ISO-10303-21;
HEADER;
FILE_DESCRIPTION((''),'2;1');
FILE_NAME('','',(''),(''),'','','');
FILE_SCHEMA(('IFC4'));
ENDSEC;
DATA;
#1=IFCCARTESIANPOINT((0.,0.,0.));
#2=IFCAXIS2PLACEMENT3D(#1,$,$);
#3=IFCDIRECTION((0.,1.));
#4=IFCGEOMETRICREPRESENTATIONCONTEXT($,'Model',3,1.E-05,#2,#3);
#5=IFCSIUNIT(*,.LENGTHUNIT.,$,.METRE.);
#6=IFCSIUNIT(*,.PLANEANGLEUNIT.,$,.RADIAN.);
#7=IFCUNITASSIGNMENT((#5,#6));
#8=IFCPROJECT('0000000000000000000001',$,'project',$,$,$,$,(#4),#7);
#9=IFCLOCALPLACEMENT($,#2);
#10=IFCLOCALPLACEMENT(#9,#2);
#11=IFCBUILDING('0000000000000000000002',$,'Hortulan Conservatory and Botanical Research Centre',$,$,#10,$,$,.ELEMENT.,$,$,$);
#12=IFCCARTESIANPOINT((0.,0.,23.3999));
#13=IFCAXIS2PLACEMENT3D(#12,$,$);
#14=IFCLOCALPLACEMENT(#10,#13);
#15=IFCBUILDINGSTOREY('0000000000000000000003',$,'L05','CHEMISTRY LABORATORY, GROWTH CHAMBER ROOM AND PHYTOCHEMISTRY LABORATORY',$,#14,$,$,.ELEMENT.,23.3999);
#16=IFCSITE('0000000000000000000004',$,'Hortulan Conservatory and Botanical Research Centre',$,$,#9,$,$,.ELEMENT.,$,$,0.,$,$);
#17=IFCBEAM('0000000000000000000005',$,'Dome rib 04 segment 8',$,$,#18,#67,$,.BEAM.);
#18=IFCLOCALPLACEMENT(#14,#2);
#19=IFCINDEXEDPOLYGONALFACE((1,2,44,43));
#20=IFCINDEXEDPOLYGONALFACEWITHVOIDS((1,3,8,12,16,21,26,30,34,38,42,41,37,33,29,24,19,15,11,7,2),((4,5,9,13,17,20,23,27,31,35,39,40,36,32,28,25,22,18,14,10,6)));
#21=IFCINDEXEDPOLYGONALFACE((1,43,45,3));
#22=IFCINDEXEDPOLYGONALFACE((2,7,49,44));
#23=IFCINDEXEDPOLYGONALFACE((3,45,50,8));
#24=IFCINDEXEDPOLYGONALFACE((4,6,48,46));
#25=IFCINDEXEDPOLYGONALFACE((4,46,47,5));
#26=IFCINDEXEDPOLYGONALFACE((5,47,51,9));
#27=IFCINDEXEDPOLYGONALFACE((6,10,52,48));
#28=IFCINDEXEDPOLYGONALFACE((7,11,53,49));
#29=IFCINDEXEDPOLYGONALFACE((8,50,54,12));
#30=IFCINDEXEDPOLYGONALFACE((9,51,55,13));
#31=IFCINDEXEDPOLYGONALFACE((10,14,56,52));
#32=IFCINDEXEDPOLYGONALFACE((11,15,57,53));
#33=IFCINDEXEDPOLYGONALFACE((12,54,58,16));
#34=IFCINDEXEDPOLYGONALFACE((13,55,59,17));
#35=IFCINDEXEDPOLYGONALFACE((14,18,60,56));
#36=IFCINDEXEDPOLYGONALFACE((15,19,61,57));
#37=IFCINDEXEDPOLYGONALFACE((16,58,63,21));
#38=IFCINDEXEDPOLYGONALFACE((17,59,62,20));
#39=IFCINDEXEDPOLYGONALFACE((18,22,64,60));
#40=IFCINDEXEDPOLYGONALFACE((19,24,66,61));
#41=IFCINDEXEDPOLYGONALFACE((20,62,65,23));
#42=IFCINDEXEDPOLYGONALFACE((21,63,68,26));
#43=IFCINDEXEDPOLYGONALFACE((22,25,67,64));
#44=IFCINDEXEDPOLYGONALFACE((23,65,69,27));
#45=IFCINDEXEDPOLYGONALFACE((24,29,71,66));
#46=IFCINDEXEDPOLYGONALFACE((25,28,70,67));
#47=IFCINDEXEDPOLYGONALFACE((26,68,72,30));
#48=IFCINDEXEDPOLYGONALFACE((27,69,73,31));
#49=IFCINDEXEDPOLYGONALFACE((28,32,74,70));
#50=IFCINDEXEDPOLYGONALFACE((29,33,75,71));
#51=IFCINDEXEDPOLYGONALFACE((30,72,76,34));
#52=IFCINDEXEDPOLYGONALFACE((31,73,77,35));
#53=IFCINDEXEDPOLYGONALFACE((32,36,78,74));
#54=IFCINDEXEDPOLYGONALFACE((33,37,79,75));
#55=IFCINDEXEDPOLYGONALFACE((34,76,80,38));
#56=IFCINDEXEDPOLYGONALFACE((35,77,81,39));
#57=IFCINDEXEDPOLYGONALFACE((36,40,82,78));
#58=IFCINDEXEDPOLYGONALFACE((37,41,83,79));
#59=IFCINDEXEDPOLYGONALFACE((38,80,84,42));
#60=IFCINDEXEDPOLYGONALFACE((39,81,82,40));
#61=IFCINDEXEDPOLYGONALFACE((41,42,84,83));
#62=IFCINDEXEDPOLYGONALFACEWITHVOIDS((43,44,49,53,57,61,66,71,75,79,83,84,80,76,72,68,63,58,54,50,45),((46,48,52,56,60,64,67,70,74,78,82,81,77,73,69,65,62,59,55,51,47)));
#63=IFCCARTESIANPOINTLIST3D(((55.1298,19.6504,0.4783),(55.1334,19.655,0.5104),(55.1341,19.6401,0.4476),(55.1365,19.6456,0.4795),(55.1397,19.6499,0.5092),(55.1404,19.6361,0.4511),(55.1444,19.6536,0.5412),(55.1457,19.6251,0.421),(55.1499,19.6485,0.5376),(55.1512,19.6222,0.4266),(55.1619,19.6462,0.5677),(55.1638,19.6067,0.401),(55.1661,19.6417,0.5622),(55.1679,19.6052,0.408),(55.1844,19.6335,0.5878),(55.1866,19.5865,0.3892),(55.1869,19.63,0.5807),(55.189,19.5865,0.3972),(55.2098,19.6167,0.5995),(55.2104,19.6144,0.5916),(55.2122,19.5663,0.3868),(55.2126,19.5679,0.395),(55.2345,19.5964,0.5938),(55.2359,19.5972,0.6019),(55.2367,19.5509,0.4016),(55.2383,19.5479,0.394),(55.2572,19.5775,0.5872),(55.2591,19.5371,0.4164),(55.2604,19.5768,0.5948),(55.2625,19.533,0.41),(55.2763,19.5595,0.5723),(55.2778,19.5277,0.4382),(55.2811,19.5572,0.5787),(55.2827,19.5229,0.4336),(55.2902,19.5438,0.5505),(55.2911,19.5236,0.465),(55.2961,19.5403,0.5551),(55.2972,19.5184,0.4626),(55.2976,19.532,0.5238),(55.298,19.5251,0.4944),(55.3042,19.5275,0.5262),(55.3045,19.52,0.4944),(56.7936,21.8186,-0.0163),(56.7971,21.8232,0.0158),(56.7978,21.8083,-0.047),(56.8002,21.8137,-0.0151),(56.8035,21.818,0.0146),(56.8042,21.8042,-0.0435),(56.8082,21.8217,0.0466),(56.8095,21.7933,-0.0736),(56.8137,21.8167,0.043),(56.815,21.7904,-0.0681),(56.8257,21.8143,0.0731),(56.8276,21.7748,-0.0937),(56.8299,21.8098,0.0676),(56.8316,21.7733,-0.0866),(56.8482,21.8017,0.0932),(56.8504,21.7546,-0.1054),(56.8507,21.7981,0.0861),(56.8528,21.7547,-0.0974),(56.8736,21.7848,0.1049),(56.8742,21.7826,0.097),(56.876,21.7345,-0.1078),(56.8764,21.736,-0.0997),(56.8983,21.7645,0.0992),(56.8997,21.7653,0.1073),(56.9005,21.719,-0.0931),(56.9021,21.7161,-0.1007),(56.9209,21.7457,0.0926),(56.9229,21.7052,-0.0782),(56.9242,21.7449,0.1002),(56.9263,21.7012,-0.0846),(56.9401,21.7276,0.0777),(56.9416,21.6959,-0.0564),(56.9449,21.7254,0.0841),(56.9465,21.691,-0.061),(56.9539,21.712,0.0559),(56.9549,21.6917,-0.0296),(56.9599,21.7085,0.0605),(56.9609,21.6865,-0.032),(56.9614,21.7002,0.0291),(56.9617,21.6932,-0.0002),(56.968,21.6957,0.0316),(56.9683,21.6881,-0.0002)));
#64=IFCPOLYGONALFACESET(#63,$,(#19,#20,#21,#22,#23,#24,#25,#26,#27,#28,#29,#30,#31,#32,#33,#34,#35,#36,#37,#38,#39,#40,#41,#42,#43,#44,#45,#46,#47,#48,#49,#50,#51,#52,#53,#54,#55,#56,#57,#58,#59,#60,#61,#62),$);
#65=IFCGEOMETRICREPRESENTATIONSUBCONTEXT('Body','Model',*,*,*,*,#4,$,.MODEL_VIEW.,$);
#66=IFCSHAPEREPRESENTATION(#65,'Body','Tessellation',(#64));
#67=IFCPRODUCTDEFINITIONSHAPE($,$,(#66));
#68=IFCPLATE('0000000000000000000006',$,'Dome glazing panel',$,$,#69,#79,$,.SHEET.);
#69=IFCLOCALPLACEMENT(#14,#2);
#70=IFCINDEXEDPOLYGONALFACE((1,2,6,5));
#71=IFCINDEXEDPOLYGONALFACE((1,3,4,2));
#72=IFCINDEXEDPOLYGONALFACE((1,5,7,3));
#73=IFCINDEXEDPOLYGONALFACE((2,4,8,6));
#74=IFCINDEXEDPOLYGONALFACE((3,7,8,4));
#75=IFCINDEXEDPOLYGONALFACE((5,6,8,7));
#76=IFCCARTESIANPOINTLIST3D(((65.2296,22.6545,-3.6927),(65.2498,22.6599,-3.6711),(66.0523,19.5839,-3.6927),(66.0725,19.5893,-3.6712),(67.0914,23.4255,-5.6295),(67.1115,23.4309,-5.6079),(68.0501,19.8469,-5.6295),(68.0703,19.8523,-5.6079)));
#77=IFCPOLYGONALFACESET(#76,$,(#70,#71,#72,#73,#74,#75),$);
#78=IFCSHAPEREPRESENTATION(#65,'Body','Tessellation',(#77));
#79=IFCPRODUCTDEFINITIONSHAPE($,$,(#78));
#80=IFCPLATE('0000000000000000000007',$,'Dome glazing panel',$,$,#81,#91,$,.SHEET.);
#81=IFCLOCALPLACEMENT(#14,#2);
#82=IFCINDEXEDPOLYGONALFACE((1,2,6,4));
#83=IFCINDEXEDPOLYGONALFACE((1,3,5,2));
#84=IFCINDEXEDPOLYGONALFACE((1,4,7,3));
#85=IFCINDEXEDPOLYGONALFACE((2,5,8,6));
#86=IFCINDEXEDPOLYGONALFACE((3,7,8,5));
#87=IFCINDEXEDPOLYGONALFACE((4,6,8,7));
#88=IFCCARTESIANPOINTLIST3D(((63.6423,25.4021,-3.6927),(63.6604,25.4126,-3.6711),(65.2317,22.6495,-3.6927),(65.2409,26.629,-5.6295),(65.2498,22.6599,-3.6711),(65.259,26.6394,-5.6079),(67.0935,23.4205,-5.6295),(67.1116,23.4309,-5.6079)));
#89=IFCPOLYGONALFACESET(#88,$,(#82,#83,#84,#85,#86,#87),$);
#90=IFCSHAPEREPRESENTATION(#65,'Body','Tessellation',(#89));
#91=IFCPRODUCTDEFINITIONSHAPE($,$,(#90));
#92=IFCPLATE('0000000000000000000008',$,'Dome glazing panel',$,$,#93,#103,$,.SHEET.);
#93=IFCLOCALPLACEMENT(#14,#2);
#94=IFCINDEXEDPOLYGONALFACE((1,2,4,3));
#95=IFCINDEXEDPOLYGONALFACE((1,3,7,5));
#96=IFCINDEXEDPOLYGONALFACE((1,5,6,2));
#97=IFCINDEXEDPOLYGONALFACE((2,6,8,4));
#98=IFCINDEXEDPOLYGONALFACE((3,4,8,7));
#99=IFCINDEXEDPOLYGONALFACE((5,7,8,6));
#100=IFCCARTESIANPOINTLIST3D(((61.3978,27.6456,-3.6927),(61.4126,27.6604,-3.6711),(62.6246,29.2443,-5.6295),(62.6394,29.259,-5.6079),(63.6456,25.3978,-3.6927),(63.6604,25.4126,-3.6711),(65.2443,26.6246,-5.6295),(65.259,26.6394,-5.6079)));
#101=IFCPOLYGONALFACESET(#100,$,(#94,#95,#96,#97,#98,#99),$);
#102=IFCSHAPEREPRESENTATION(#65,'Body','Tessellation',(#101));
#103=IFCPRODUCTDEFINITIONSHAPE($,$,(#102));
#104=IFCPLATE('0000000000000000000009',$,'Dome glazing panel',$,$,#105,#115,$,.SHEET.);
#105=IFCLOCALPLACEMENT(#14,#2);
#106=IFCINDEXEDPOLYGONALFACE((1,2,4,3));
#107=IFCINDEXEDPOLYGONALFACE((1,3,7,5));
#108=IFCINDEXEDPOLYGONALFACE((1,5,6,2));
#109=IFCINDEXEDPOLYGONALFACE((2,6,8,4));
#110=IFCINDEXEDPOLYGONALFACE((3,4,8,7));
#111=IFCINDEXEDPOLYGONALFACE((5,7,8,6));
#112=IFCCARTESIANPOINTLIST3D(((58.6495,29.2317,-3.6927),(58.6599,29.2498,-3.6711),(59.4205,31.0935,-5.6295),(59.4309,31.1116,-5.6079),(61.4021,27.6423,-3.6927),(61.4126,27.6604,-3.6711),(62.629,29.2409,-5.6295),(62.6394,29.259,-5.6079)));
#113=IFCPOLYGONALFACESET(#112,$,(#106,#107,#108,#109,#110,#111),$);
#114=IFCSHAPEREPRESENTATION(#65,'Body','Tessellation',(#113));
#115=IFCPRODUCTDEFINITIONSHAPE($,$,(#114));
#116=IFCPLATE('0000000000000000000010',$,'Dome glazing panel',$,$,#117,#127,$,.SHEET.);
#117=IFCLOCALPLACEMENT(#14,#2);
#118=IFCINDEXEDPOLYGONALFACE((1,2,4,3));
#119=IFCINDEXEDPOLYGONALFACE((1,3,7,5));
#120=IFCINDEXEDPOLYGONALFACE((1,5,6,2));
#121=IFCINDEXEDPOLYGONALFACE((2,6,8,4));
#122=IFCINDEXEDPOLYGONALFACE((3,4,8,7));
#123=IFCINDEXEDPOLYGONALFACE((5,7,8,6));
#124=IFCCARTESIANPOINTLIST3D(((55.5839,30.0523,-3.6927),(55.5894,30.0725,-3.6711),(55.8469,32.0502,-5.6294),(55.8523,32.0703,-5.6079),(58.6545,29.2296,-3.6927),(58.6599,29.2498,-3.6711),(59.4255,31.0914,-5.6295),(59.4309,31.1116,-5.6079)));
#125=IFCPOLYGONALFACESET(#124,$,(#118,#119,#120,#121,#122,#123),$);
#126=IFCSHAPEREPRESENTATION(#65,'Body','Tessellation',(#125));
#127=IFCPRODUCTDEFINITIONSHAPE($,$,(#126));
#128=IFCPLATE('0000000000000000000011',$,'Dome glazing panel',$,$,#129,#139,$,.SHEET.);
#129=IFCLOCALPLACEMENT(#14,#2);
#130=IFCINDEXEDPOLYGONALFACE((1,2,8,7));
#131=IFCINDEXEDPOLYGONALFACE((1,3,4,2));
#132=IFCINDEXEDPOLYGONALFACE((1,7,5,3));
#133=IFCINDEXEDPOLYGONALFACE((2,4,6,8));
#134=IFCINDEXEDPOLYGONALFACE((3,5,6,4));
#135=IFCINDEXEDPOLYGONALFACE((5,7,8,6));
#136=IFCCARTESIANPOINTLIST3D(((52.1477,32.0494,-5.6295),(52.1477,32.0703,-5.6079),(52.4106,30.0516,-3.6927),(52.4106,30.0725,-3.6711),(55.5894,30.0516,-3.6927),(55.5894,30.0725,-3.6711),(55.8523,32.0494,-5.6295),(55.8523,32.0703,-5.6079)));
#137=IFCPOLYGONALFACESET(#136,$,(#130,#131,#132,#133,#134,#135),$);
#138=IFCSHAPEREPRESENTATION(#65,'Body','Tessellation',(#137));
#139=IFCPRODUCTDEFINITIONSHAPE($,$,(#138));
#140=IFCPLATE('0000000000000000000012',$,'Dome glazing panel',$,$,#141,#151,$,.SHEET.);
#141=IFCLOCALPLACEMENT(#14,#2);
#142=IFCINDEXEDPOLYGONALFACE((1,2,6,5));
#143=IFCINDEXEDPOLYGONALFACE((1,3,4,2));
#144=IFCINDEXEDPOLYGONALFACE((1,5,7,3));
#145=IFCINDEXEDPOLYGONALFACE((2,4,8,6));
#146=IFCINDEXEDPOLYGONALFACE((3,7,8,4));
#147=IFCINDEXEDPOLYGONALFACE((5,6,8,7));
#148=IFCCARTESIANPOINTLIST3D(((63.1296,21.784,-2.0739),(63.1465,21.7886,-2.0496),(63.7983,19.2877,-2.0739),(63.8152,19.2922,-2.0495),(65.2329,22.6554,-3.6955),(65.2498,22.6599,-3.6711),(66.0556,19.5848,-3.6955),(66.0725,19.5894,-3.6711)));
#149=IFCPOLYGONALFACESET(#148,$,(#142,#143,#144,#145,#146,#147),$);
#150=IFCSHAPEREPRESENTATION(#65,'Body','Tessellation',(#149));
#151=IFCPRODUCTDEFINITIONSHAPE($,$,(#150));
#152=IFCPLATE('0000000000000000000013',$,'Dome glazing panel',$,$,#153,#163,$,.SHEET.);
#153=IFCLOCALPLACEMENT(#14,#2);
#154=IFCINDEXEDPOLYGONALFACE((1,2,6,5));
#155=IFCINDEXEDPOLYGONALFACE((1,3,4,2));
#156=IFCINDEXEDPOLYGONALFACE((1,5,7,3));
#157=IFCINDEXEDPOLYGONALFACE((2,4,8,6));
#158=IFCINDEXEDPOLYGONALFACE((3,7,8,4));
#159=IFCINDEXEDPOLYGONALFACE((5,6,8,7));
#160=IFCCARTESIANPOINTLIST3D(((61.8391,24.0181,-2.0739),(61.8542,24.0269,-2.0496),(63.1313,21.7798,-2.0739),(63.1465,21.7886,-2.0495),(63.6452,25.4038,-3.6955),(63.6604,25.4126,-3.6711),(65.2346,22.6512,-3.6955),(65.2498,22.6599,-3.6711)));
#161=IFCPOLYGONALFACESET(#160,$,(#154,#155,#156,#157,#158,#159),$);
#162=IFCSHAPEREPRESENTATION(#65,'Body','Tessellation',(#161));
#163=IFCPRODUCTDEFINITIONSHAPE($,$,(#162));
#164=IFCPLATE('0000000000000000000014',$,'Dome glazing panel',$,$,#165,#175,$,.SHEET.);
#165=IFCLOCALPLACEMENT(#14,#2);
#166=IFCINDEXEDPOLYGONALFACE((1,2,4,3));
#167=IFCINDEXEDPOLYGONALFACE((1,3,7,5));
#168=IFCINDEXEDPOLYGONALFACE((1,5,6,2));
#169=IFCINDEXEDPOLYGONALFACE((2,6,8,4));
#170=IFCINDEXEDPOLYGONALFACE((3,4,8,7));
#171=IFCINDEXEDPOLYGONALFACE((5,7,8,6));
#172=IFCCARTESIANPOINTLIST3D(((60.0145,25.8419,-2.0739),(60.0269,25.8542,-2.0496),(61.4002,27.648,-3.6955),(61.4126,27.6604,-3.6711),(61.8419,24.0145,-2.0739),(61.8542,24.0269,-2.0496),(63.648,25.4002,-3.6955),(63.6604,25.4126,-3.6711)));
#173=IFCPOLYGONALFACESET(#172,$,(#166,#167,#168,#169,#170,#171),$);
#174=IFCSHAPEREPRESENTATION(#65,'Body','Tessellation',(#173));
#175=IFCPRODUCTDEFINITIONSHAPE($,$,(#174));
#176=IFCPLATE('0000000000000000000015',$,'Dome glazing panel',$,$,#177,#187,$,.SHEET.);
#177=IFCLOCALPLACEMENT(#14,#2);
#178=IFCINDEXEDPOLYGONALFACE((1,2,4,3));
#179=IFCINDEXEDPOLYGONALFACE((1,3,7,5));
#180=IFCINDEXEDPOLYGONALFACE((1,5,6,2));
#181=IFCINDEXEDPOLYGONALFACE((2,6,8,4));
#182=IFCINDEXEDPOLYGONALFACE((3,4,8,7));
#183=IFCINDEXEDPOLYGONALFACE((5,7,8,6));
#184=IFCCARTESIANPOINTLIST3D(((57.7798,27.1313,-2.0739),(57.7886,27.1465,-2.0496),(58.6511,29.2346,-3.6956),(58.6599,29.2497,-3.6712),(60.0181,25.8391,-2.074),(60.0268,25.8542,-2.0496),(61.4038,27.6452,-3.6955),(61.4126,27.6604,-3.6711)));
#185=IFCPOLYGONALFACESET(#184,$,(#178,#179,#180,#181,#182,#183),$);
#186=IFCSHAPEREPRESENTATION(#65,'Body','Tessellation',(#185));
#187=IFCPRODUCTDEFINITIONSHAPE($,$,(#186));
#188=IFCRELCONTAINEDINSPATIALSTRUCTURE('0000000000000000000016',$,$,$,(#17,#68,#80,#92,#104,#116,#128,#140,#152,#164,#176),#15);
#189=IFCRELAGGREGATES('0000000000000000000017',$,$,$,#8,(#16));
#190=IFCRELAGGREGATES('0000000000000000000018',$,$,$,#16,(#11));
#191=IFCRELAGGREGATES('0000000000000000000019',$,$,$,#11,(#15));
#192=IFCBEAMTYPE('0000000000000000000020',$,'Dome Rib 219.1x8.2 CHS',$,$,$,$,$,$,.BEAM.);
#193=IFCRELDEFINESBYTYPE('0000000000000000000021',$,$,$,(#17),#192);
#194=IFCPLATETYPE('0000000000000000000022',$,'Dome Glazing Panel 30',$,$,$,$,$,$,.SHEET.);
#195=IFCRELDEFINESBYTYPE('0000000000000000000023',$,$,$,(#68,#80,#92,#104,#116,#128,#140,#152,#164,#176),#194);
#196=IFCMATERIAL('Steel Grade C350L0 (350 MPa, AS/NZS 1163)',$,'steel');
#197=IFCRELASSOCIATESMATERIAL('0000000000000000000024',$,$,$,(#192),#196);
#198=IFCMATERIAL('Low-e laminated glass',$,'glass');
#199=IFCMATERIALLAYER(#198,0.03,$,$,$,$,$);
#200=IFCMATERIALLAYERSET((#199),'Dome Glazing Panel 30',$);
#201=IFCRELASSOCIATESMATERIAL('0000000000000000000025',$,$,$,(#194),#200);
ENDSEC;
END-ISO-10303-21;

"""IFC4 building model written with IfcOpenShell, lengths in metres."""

from ifc_helpers import new_model, si_unit, direction, frame, origin, origin_2d, place, context, subcontext, project, spatial, polyline, hollow_circle, outline, extrude, material, layer, layer_set, material_profile, profile_set, type_object, element, save


model = new_model("IFC4")

# Units and contexts
model_context = context("Model", 3, precision=1e-05, world=origin(), true_north=direction((0.0, 1.0)))
body_context = subcontext(model_context, "Body", "Model", "MODEL_VIEW")
ifc_project = project(units=[si_unit("LENGTHUNIT", "METRE"), si_unit("PLANEANGLEUNIT", "RADIAN")], contexts=[model_context])

# Site, building, storey
site_placement = place(None, origin())
site = spatial("IfcSite", under=ifc_project, at=site_placement, Name="Hortulan Conservatory and Botanical Research Centre", CompositionType="ELEMENT", RefElevation=0.0)
building_placement = place(site_placement, origin())
building = spatial("IfcBuilding", under=site, at=building_placement, Name="Hortulan Conservatory and Botanical Research Centre", CompositionType="ELEMENT")
storey_placement = place(building_placement, frame((0.0, 0.0, 23.3999)))
storey = spatial("IfcBuildingStorey", under=building, at=storey_placement, Name="L05", Description="CHEMISTRY LABORATORY, GROWTH CHAMBER ROOM AND PHYTOCHEMISTRY LABORATORY", CompositionType="ELEMENT", Elevation=23.3999)

# Shared definitions
ifc_material_1 = material(Name="Steel Grade C350L0 (350 MPa, AS/NZS 1163)", Category="steel")

# Beam
ifc_material_profile_1 = material_profile(ifc_material_1, hollow_circle(Radius=0.1096, WallThickness=0.0083, at=origin_2d()), Name="219.1x8.2CHS")
ifc_profile_set_1 = profile_set([ifc_material_profile_1], Name="Steel Grade C350L0 (350 MPa, AS/NZS 1163)")
beam_type = type_object("IfcBeamType", Name="Dome Rib 219.1x8.2 CHS", PredefinedType="BEAM", material=ifc_profile_set_1)
for number, where, z_axis, x_axis, name in (
    (1, (56.8813, 21.7549, -0.0002), (-0.59905, -0.780655, 0.178089), (0.793337, -0.608782, 0.0), "Dome rib 04 segment 8"),
):
    element("IfcBeam", number, at=place(storey_placement, frame(where, z_axis=z_axis, x_axis=x_axis)), inside=storey, type_object=beam_type, Name=name, PredefinedType="BEAM", context=body_context, shape_type="SweptSolid", body=[
        extrude(hollow_circle(Radius=0.1096, WallThickness=0.0083, at=origin_2d()), origin(), (0.0, 0.0, 1.0), 2.7773),
    ])

# Plates
ifc_material_2 = material(Name="Low-e laminated glass", Category="glass")
ifc_layer = layer(ifc_material_2, 0.03)
ifc_layer_set = layer_set([ifc_layer], Name="Dome Glazing Panel 30")
plate_type = type_object("IfcPlateType", Name="Dome Glazing Panel 30", PredefinedType="SHEET", material=ifc_layer_set)
plate_1_placement = place(storey_placement, frame((68.0703, 19.8523, -5.6079), z_axis=(0.672331, 0.180136, 0.717998), x_axis=(-0.25879, 0.965933, -0.000009)))
element("IfcPlate", 2, at=plate_1_placement, inside=storey, type_object=plate_type, Name="Dome glazing panel", PredefinedType="SHEET", context=body_context, shape_type="SweptSolid", body=[
    extrude(outline(polyline([(0.0, 0.0), (3.7048, 0.0), (3.4419, 2.7826), (0.263, 2.7825), (0.0, 0.0)])), origin(), (0.0, 0.0, -1.0), 0.03),
])
plate_2_placement = place(storey_placement, frame((67.1116, 23.4309, -5.6079), z_axis=(0.602781, 0.348037, 0.718001), x_axis=(-0.500023, 0.866012, 0.0)))
element("IfcPlate", 3, at=plate_2_placement, inside=storey, type_object=plate_type, Name="Dome glazing panel", PredefinedType="SHEET", context=body_context, shape_type="SweptSolid", body=[
    extrude(outline(polyline([(0.0, 0.0), (3.7049, 0.0), (3.4418, 2.7825), (0.2633, 2.7825), (0.0, 0.0)])), origin(), (0.0, 0.0, -1.0), 0.03),
])
plate_3_placement = place(storey_placement, frame((65.259, 26.6394, -5.6079), z_axis=(0.492174, 0.492174, 0.718004), x_axis=(-0.707107, 0.707107, 0.0)))
element("IfcPlate", 4, at=plate_3_placement, inside=storey, type_object=plate_type, Name="Dome glazing panel", PredefinedType="SHEET", context=body_context, shape_type="SweptSolid", body=[
    extrude(outline(polyline([(0.0, 0.0), (3.7047, 0.0), (3.4418, 2.7826), (0.2629, 2.7826), (0.0, 0.0)])), origin(), (0.0, 0.0, -1.0), 0.03),
])
plate_4_placement = place(storey_placement, frame((62.6394, 29.259, -5.6079), z_axis=(0.348037, 0.602781, 0.718001), x_axis=(-0.866012, 0.500023, 0.0)))
element("IfcPlate", 5, at=plate_4_placement, inside=storey, type_object=plate_type, Name="Dome glazing panel", PredefinedType="SHEET", context=body_context, shape_type="SweptSolid", body=[
    extrude(outline(polyline([(0.0, 0.0), (3.7049, 0.0), (3.4416, 2.7825), (0.2631, 2.7825), (0.0, 0.0)])), origin(), (0.0, 0.0, -1.0), 0.03),
])
plate_5_placement = place(storey_placement, frame((59.4309, 31.1116, -5.6079), z_axis=(0.180136, 0.672331, 0.717998), x_axis=(-0.965933, 0.25879, 0.000009)))
element("IfcPlate", 6, at=plate_5_placement, inside=storey, type_object=plate_type, Name="Dome glazing panel", PredefinedType="SHEET", context=body_context, shape_type="SweptSolid", body=[
    extrude(outline(polyline([(0.0, 0.0), (3.7048, 0.0), (3.4418, 2.7825), (0.2629, 2.7826), (0.0, 0.0)])), origin(), (0.0, 0.0, -1.0), 0.03),
])
plate_6_placement = place(storey_placement, frame((55.8523, 32.0703, -5.6079), z_axis=(0.0, 0.696054, 0.717989), x_axis=(-1.0, 0.0, 0.0)))
element("IfcPlate", 7, at=plate_6_placement, inside=storey, type_object=plate_type, Name="Dome glazing panel", PredefinedType="SHEET", context=body_context, shape_type="SweptSolid", body=[
    extrude(outline(polyline([(0.0, 0.0), (3.7046, 0.0), (3.4417, 2.7825), (0.2629, 2.7825), (0.0, 0.0)])), origin(), (0.0, 0.0, -1.0), 0.03),
])
plate_7_placement = place(storey_placement, frame((66.0725, 19.5894, -3.6711), z_axis=(0.563573, 0.15099, 0.81215), x_axis=(-0.258809, 0.965929, 0.000015)))
element("IfcPlate", 8, at=plate_7_placement, inside=storey, type_object=plate_type, Name="Dome glazing panel", PredefinedType="SHEET", context=body_context, shape_type="SweptSolid", body=[
    extrude(outline(polyline([(0.0, 0.0), (3.1789, 0.0), (2.8816, 2.7792), (0.2972, 2.7794), (0.0, 0.0)])), origin(), (0.0, 0.0, -1.0), 0.03),
])
plate_8_placement = place(storey_placement, frame((65.2498, 22.6599, -3.6711), z_axis=(0.505296, 0.291738, 0.812136), x_axis=(-0.500017, 0.866016, 0.000008)))
element("IfcPlate", 9, at=plate_8_placement, inside=storey, type_object=plate_type, Name="Dome glazing panel", PredefinedType="SHEET", context=body_context, shape_type="SweptSolid", body=[
    extrude(outline(polyline([(0.0, 0.0), (3.1786, 0.0), (2.8816, 2.7792), (0.2971, 2.7793), (0.0, 0.0)])), origin(), (0.0, 0.0, -1.0), 0.03),
])
plate_9_placement = place(storey_placement, frame((63.6604, 25.4126, -3.6711), z_axis=(0.412585, 0.412585, 0.812125), x_axis=(-0.707107, 0.707107, 0.0)))
element("IfcPlate", 10, at=plate_9_placement, inside=storey, type_object=plate_type, Name="Dome glazing panel", PredefinedType="SHEET", context=body_context, shape_type="SweptSolid", body=[
    extrude(outline(polyline([(0.0, 0.0), (3.1789, 0.0), (2.8816, 2.7791), (0.2973, 2.7791), (0.0, 0.0)])), origin(), (0.0, 0.0, -1.0), 0.03),
])
plate_10_placement = place(storey_placement, frame((61.4126, 27.6604, -3.6711), z_axis=(0.291738, 0.505296, 0.812136), x_axis=(-0.866016, 0.500017, -0.000008)))
element("IfcPlate", 11, at=plate_10_placement, inside=storey, type_object=plate_type, Name="Dome glazing panel", PredefinedType="SHEET", context=body_context, shape_type="SweptSolid", body=[
    extrude(outline(polyline([(0.0, 0.0), (3.1786, 0.0), (2.8815, 2.7793), (0.297, 2.7792), (0.0, 0.0)])), origin(), (0.0, 0.0, -1.0), 0.03),
])

save(model, "model.ifc")
